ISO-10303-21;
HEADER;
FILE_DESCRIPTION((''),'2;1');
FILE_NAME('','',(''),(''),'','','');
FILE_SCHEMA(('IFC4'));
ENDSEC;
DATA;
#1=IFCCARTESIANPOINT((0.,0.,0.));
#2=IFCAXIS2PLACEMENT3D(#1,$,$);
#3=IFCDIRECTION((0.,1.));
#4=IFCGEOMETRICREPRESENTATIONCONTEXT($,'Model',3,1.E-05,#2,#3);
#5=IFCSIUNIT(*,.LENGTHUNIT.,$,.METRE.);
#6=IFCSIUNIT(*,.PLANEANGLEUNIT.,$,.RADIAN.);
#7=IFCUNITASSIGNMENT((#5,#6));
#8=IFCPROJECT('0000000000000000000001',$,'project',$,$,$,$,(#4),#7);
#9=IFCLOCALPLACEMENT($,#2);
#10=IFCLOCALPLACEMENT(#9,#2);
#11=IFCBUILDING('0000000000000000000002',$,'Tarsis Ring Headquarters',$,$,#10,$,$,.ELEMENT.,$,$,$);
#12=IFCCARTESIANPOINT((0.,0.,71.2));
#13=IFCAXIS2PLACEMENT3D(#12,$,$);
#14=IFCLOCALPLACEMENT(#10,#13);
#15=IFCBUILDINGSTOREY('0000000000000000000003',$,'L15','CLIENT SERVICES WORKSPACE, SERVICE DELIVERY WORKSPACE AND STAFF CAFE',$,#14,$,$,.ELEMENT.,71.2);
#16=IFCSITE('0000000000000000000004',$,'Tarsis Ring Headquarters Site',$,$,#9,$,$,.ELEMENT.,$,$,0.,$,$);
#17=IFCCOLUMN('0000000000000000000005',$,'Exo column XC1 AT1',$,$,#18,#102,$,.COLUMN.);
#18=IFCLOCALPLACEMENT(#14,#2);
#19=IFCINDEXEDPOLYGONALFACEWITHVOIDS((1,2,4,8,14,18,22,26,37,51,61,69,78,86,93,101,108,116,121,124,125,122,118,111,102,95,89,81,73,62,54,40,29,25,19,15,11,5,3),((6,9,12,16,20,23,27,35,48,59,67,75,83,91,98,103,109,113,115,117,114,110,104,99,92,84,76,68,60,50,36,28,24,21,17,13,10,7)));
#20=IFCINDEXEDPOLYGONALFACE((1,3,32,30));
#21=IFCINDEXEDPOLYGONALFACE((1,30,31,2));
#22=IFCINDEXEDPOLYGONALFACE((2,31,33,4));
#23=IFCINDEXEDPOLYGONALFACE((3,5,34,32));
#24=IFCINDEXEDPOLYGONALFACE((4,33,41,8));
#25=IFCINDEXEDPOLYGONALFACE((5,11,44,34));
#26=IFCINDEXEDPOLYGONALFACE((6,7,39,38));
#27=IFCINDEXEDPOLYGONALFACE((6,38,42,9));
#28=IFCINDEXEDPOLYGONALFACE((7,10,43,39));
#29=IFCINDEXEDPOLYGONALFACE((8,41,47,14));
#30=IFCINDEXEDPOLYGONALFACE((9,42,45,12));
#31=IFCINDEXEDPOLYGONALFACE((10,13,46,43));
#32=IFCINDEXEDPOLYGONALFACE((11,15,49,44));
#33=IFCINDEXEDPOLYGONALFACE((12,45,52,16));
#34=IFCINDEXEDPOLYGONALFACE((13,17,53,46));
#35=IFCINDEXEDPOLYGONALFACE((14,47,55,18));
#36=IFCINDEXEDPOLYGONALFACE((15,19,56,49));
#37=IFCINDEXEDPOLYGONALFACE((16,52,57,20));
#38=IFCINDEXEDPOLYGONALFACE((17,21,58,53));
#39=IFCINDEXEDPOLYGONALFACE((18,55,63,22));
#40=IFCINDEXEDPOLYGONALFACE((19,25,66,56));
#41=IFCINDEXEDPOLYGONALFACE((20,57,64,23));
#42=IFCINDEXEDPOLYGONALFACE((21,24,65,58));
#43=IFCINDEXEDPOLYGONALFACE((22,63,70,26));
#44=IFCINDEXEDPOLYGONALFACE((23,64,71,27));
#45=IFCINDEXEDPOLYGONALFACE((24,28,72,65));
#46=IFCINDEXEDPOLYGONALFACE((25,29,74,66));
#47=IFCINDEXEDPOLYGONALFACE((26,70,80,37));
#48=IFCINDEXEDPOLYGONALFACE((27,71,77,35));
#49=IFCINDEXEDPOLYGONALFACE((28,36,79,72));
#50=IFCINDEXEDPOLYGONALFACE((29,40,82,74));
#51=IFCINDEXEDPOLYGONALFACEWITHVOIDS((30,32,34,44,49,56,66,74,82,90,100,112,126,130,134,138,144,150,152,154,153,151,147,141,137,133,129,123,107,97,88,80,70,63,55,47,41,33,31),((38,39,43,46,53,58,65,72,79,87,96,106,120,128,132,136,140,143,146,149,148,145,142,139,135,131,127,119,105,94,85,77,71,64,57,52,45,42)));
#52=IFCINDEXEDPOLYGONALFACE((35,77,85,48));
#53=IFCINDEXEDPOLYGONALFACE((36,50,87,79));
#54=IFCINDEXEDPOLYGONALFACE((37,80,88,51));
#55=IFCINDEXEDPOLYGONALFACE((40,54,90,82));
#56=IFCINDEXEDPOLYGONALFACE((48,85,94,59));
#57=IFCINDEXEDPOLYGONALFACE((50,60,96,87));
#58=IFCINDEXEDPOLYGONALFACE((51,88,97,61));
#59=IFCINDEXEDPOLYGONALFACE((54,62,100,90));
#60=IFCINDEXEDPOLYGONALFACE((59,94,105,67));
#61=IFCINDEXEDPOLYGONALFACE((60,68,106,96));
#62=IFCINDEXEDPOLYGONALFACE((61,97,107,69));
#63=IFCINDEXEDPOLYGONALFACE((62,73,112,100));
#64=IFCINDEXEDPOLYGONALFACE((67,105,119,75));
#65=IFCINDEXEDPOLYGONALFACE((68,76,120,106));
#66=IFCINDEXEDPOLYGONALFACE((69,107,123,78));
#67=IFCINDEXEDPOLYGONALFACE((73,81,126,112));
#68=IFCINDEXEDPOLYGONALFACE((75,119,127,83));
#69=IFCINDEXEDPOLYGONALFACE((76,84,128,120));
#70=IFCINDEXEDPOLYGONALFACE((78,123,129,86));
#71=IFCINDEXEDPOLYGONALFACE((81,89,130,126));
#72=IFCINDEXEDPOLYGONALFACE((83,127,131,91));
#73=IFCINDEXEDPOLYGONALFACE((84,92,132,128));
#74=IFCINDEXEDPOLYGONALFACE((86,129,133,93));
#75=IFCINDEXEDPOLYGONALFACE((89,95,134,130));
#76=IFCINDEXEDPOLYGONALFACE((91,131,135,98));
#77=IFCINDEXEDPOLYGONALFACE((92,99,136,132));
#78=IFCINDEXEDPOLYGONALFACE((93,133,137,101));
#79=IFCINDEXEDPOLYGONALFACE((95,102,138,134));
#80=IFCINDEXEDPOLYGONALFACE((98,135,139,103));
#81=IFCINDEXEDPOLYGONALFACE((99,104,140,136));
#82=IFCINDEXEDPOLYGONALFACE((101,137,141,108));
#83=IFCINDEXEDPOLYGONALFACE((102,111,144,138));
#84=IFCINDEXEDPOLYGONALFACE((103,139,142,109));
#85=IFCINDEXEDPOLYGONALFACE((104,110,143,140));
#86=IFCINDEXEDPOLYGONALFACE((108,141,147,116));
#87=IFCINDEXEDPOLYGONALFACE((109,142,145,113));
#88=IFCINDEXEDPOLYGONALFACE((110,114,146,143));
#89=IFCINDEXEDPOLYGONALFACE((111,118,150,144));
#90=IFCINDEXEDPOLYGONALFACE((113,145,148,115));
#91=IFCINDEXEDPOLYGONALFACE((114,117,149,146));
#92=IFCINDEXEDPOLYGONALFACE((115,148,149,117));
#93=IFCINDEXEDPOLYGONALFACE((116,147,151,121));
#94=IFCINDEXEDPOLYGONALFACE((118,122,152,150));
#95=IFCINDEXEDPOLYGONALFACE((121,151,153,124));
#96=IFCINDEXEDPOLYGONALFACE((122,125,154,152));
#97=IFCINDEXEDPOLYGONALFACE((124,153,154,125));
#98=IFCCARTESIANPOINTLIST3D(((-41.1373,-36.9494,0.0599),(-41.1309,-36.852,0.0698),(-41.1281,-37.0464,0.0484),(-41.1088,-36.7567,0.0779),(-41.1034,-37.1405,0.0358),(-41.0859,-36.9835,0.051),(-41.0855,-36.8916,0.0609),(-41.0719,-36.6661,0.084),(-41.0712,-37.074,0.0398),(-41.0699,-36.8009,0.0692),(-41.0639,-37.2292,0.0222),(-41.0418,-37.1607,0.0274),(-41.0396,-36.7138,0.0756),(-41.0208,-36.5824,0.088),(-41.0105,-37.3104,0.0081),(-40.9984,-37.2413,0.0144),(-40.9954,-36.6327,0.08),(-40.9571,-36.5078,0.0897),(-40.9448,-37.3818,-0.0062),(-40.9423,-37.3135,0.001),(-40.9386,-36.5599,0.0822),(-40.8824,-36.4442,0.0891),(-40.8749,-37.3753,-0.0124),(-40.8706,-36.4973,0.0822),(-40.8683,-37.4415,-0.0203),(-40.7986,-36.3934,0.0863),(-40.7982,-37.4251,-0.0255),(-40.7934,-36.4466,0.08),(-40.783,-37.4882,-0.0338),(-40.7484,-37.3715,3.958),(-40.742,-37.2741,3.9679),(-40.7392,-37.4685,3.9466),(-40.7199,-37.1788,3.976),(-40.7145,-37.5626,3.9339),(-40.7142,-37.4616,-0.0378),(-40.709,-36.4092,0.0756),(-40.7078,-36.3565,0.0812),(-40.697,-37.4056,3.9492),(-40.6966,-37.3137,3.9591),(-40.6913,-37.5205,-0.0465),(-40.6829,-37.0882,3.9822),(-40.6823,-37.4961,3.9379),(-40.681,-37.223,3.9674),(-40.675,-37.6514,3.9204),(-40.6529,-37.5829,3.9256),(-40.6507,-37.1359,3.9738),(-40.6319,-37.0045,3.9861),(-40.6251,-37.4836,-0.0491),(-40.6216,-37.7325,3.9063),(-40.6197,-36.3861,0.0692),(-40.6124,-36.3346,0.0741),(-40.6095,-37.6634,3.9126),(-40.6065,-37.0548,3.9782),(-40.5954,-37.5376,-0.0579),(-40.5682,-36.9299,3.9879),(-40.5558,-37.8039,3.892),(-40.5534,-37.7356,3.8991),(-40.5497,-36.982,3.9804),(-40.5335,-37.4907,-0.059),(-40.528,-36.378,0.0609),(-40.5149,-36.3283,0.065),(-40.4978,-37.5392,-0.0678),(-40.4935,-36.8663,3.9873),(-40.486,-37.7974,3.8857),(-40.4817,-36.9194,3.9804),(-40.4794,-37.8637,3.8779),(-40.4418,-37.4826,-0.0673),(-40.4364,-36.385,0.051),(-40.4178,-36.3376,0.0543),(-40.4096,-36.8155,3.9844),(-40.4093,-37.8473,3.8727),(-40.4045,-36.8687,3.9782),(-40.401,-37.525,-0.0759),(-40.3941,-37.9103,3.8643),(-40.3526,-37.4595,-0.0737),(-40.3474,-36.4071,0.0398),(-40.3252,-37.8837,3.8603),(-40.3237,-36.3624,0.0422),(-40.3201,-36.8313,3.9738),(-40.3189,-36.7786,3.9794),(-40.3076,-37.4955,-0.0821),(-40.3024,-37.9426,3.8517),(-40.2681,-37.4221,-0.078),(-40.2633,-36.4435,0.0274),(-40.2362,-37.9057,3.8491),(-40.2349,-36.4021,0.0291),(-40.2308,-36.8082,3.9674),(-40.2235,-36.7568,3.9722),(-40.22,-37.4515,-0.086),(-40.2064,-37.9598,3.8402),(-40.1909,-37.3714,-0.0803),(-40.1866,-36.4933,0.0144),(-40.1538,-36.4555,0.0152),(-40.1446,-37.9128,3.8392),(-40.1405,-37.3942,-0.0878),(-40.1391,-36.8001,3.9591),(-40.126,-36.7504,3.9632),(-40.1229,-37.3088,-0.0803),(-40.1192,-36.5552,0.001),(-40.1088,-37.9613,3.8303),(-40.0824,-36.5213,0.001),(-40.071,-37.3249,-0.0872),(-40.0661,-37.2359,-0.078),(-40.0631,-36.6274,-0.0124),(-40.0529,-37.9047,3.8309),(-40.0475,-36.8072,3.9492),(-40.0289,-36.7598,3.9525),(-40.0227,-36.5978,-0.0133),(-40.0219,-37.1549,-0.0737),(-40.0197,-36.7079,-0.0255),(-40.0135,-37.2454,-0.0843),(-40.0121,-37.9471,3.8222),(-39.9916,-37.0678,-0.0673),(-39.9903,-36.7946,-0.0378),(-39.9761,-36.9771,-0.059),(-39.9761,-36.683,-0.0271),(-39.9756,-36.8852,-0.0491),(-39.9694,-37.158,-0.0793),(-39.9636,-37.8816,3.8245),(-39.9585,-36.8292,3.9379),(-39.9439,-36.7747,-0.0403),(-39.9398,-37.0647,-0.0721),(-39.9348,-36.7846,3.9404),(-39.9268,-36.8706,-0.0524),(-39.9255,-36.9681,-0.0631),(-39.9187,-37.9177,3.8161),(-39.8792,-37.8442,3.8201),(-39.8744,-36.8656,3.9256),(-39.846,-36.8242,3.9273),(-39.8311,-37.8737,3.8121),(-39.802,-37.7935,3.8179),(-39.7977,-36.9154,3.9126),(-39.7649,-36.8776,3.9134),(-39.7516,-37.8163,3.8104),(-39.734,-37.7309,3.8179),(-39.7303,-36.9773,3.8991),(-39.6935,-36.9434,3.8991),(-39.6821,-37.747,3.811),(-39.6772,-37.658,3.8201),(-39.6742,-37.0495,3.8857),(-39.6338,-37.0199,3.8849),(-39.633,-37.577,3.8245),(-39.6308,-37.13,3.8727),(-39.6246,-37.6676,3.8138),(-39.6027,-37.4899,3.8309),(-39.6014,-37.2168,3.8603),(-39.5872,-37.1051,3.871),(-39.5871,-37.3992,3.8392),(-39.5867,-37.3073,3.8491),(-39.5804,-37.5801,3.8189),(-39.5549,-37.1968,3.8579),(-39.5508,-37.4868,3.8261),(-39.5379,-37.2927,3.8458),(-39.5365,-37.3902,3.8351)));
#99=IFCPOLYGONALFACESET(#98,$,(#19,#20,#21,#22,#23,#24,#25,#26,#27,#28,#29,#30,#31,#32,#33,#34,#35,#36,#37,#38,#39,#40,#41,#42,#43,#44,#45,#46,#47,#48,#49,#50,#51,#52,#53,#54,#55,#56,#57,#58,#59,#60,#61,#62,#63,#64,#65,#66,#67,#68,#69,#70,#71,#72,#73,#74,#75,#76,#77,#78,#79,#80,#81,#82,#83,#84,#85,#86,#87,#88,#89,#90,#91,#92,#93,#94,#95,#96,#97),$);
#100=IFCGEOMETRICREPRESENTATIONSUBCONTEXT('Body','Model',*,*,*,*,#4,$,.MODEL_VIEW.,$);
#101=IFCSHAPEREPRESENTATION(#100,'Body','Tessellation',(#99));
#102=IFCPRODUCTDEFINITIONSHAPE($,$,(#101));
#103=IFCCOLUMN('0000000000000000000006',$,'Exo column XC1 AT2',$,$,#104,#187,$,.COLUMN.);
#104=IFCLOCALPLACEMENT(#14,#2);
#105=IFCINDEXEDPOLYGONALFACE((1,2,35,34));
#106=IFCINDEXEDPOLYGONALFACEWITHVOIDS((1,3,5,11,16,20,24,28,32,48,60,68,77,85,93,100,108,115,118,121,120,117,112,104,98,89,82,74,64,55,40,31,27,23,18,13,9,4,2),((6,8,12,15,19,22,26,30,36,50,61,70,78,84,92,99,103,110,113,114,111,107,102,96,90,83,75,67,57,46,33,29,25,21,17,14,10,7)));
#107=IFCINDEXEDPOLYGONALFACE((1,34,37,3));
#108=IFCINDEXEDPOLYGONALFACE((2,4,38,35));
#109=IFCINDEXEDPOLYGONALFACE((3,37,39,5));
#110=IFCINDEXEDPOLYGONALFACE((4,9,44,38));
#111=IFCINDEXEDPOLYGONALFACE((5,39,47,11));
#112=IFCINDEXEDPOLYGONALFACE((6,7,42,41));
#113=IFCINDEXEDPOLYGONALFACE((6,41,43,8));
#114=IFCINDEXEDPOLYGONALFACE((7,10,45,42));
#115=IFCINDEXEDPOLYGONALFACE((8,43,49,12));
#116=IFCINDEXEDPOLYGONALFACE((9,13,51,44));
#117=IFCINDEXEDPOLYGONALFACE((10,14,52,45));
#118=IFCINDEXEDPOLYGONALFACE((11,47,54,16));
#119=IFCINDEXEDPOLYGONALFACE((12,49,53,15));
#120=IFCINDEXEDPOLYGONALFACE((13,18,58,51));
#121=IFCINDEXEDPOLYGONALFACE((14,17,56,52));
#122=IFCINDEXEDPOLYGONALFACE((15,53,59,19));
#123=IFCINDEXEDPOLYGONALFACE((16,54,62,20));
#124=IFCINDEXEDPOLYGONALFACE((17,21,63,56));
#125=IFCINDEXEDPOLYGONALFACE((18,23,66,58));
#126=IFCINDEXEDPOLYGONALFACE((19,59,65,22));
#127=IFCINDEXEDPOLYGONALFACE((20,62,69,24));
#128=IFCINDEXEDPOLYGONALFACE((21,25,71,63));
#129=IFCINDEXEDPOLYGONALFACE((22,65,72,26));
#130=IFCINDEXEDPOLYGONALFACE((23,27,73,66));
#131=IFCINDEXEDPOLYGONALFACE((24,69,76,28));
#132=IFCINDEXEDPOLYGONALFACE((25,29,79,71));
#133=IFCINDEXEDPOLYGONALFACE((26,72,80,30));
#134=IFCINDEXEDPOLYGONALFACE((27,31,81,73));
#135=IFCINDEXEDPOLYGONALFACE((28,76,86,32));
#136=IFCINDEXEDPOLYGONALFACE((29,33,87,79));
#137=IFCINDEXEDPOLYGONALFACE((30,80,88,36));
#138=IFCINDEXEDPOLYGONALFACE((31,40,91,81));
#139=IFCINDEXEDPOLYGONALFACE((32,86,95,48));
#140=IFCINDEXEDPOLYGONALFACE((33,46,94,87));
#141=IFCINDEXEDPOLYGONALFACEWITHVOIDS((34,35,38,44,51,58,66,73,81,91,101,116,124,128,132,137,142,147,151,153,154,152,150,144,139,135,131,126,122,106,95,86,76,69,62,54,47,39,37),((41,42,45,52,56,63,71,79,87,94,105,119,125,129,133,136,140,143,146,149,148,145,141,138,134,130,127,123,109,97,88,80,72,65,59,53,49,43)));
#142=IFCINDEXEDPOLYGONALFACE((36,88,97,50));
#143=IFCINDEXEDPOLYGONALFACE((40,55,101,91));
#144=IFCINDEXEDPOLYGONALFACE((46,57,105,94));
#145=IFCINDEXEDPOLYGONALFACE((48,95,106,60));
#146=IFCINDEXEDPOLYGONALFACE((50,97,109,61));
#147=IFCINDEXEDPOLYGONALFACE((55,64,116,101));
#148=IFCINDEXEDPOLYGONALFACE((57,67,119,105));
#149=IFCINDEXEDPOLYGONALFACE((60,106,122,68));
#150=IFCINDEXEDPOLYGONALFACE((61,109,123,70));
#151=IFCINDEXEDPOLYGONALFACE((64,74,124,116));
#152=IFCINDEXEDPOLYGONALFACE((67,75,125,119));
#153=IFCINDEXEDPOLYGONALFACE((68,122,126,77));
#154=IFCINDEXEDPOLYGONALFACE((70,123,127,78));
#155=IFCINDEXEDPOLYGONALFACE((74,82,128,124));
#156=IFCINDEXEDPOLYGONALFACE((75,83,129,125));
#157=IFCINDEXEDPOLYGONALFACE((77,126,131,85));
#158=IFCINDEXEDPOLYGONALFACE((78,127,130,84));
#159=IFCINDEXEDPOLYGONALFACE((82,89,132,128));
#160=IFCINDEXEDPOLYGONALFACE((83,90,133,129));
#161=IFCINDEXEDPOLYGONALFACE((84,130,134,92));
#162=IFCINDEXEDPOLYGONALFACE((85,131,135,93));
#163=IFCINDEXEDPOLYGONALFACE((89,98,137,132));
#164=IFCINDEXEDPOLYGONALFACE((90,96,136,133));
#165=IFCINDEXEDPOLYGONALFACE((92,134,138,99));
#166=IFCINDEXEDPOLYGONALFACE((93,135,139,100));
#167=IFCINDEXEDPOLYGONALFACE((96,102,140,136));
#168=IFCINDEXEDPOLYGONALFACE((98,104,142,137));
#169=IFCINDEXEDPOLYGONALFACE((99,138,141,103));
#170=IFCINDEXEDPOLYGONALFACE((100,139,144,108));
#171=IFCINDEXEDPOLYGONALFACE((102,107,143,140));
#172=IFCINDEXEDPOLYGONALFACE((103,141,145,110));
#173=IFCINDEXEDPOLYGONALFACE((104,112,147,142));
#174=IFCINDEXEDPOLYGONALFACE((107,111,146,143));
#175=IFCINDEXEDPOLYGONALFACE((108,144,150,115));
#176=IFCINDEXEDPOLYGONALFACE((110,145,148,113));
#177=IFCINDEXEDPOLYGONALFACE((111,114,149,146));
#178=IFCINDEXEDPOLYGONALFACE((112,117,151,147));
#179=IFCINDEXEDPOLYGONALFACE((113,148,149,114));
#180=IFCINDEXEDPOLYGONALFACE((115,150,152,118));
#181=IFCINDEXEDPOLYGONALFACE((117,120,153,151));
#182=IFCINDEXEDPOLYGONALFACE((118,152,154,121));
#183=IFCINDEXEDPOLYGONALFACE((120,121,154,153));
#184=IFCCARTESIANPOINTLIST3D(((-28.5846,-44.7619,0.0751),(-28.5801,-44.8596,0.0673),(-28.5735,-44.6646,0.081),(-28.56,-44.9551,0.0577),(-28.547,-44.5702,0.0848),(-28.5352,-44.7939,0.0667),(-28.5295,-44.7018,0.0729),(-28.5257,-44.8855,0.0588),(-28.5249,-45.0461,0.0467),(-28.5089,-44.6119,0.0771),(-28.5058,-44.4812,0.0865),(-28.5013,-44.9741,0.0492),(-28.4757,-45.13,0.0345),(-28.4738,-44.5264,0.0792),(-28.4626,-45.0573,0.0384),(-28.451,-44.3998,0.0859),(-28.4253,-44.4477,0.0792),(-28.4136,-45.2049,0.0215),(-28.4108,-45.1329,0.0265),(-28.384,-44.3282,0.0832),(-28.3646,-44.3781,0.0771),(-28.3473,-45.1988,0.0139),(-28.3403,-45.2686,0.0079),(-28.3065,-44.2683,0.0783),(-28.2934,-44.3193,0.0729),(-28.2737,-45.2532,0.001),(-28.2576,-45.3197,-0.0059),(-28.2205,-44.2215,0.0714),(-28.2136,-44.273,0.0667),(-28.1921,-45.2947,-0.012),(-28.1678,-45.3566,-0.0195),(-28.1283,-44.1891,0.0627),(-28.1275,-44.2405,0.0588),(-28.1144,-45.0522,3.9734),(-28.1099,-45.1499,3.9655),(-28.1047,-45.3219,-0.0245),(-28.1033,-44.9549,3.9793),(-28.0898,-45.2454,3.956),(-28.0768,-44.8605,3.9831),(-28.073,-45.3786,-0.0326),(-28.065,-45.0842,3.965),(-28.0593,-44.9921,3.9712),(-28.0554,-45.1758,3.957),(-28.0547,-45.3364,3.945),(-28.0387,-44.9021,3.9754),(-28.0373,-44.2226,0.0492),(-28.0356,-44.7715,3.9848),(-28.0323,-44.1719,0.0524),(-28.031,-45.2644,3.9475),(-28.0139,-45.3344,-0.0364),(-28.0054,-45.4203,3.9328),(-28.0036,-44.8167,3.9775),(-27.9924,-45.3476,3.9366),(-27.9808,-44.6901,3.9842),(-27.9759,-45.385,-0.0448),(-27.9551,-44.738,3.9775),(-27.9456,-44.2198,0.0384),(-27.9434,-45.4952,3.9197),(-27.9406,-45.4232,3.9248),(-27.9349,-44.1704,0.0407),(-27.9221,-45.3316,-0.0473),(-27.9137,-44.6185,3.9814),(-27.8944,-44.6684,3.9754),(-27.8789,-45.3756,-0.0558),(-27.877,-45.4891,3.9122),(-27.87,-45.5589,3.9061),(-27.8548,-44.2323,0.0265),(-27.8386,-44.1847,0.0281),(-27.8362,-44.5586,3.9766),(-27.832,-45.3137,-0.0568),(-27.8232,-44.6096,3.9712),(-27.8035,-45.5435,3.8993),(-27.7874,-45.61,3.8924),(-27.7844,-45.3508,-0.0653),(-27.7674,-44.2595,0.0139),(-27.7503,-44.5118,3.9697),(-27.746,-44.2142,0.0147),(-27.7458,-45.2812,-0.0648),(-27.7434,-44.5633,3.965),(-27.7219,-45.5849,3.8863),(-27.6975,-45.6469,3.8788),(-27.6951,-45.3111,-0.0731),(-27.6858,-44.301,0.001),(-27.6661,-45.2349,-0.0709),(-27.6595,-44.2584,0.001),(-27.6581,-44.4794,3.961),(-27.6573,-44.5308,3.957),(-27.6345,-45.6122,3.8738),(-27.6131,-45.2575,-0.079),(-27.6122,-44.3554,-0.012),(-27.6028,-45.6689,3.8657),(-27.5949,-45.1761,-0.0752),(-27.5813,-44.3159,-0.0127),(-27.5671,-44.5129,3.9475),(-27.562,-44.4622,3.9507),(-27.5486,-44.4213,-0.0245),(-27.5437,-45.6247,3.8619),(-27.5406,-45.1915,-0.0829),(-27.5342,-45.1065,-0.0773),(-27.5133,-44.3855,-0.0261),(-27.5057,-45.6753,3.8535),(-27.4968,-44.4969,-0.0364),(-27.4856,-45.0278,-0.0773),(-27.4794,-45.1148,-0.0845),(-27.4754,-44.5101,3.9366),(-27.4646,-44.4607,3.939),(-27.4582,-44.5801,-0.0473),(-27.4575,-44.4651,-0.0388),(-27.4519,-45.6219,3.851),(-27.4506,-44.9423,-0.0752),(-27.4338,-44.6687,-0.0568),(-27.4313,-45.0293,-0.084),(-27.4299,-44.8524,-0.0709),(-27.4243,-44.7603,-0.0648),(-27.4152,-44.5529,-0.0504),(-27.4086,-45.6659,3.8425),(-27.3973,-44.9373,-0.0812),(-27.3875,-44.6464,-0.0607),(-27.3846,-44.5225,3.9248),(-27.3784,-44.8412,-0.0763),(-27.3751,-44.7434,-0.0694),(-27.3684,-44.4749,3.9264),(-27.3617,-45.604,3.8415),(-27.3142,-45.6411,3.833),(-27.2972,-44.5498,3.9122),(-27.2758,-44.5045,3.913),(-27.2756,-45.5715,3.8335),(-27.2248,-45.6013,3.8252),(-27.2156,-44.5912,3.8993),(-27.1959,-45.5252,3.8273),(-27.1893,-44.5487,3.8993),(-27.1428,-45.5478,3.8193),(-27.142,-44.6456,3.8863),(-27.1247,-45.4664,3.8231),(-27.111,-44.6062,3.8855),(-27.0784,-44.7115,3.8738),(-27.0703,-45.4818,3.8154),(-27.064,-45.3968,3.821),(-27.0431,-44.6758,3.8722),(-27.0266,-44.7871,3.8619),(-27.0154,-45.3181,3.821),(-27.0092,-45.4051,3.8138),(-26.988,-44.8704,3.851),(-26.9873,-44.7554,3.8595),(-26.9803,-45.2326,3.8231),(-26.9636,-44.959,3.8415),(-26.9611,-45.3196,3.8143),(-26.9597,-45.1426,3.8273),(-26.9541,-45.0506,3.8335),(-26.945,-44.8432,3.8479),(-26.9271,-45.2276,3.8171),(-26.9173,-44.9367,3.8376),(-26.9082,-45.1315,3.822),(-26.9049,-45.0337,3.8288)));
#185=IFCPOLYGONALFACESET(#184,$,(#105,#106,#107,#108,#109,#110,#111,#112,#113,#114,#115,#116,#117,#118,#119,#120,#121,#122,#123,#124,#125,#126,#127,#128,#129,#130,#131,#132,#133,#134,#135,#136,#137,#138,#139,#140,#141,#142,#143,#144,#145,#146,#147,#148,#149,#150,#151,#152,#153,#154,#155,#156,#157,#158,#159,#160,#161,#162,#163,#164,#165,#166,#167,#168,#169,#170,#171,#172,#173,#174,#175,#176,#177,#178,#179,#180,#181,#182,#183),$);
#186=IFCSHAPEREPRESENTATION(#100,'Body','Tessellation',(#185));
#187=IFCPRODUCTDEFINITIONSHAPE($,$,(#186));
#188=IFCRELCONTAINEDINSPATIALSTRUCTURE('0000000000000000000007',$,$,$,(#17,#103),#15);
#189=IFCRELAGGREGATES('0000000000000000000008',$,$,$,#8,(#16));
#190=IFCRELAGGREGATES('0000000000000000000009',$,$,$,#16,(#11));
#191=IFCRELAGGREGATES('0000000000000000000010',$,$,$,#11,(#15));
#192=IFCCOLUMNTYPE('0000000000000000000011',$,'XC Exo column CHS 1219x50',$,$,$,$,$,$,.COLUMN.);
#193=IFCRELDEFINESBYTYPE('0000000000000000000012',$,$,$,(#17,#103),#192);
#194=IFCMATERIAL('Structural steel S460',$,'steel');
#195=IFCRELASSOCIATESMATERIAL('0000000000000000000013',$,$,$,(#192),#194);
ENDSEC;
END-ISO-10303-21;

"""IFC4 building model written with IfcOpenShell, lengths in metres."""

from ifc_helpers import new_model, si_unit, direction, frame, origin, origin_2d, place, context, subcontext, project, spatial, hollow_circle, extrude, material, material_profile, profile_set, type_object, element, save


model = new_model("IFC4")

# Units and contexts
model_context = context("Model", 3, precision=1e-05, world=origin(), true_north=direction((0.0, 1.0)))
body_context = subcontext(model_context, "Body", "Model", "MODEL_VIEW")
ifc_project = project(units=[si_unit("LENGTHUNIT", "METRE"), si_unit("PLANEANGLEUNIT", "RADIAN")], contexts=[model_context])

# Site, building, storey
site_placement = place(None, origin())
site = spatial("IfcSite", under=ifc_project, at=site_placement, Name="Tarsis Ring Headquarters Site", CompositionType="ELEMENT", RefElevation=0.0)
building_placement = place(site_placement, origin())
building = spatial("IfcBuilding", under=site, at=building_placement, Name="Tarsis Ring Headquarters", CompositionType="ELEMENT")
storey_placement = place(building_placement, frame((0.0, 0.0, 71.2)))
storey = spatial("IfcBuildingStorey", under=building, at=storey_placement, Name="L15", Description="CLIENT SERVICES WORKSPACE, SERVICE DELIVERY WORKSPACE AND STAFF CAFE", CompositionType="ELEMENT", Elevation=71.2)

# Columns
ifc_material_1 = material(Name="Structural steel S460", Category="steel")
ifc_material_profile_1 = material_profile(ifc_material_1, hollow_circle(Radius=0.6096, WallThickness=0.05, at=origin_2d()), Name="CHS 1219x50")
ifc_profile_set_1 = profile_set([ifc_material_profile_1], Name="Structural steel S460")
column_type = type_object("IfcColumnType", Name="XC Exo column CHS 1219x50", PredefinedType="COLUMN", material=ifc_profile_set_1)
column_1_placement = place(storey_placement, frame((-40.5308, -36.9343, 0.001), z_axis=(0.098704, -0.107131, 0.989333), x_axis=(0.735439, 0.677591, 0.0)))
element("IfcColumn", 1, at=column_1_placement, inside=storey, type_object=column_type, Name="Exo column XC1 AT1", PredefinedType="COLUMN", context=body_context, shape_type="SweptSolid", body=[
    extrude(hollow_circle(Radius=0.6096, WallThickness=0.05, at=origin_2d()), origin(), (0.0, 0.0, 1.0), 3.9402),
])
column_2_placement = place(storey_placement, frame((-27.9797, -44.7771, 0.001), z_axis=(0.11943, -0.073729, 0.990101), x_axis=(0.525305, 0.850914, 0.0)))
element("IfcColumn", 2, at=column_2_placement, inside=storey, type_object=column_type, Name="Exo column XC1 AT2", PredefinedType="COLUMN", context=body_context, shape_type="SweptSolid", body=[
    extrude(hollow_circle(Radius=0.6096, WallThickness=0.05, at=origin_2d()), origin(), (0.0, 0.0, 1.0), 3.9373),
])

save(model, "model.ifc")
